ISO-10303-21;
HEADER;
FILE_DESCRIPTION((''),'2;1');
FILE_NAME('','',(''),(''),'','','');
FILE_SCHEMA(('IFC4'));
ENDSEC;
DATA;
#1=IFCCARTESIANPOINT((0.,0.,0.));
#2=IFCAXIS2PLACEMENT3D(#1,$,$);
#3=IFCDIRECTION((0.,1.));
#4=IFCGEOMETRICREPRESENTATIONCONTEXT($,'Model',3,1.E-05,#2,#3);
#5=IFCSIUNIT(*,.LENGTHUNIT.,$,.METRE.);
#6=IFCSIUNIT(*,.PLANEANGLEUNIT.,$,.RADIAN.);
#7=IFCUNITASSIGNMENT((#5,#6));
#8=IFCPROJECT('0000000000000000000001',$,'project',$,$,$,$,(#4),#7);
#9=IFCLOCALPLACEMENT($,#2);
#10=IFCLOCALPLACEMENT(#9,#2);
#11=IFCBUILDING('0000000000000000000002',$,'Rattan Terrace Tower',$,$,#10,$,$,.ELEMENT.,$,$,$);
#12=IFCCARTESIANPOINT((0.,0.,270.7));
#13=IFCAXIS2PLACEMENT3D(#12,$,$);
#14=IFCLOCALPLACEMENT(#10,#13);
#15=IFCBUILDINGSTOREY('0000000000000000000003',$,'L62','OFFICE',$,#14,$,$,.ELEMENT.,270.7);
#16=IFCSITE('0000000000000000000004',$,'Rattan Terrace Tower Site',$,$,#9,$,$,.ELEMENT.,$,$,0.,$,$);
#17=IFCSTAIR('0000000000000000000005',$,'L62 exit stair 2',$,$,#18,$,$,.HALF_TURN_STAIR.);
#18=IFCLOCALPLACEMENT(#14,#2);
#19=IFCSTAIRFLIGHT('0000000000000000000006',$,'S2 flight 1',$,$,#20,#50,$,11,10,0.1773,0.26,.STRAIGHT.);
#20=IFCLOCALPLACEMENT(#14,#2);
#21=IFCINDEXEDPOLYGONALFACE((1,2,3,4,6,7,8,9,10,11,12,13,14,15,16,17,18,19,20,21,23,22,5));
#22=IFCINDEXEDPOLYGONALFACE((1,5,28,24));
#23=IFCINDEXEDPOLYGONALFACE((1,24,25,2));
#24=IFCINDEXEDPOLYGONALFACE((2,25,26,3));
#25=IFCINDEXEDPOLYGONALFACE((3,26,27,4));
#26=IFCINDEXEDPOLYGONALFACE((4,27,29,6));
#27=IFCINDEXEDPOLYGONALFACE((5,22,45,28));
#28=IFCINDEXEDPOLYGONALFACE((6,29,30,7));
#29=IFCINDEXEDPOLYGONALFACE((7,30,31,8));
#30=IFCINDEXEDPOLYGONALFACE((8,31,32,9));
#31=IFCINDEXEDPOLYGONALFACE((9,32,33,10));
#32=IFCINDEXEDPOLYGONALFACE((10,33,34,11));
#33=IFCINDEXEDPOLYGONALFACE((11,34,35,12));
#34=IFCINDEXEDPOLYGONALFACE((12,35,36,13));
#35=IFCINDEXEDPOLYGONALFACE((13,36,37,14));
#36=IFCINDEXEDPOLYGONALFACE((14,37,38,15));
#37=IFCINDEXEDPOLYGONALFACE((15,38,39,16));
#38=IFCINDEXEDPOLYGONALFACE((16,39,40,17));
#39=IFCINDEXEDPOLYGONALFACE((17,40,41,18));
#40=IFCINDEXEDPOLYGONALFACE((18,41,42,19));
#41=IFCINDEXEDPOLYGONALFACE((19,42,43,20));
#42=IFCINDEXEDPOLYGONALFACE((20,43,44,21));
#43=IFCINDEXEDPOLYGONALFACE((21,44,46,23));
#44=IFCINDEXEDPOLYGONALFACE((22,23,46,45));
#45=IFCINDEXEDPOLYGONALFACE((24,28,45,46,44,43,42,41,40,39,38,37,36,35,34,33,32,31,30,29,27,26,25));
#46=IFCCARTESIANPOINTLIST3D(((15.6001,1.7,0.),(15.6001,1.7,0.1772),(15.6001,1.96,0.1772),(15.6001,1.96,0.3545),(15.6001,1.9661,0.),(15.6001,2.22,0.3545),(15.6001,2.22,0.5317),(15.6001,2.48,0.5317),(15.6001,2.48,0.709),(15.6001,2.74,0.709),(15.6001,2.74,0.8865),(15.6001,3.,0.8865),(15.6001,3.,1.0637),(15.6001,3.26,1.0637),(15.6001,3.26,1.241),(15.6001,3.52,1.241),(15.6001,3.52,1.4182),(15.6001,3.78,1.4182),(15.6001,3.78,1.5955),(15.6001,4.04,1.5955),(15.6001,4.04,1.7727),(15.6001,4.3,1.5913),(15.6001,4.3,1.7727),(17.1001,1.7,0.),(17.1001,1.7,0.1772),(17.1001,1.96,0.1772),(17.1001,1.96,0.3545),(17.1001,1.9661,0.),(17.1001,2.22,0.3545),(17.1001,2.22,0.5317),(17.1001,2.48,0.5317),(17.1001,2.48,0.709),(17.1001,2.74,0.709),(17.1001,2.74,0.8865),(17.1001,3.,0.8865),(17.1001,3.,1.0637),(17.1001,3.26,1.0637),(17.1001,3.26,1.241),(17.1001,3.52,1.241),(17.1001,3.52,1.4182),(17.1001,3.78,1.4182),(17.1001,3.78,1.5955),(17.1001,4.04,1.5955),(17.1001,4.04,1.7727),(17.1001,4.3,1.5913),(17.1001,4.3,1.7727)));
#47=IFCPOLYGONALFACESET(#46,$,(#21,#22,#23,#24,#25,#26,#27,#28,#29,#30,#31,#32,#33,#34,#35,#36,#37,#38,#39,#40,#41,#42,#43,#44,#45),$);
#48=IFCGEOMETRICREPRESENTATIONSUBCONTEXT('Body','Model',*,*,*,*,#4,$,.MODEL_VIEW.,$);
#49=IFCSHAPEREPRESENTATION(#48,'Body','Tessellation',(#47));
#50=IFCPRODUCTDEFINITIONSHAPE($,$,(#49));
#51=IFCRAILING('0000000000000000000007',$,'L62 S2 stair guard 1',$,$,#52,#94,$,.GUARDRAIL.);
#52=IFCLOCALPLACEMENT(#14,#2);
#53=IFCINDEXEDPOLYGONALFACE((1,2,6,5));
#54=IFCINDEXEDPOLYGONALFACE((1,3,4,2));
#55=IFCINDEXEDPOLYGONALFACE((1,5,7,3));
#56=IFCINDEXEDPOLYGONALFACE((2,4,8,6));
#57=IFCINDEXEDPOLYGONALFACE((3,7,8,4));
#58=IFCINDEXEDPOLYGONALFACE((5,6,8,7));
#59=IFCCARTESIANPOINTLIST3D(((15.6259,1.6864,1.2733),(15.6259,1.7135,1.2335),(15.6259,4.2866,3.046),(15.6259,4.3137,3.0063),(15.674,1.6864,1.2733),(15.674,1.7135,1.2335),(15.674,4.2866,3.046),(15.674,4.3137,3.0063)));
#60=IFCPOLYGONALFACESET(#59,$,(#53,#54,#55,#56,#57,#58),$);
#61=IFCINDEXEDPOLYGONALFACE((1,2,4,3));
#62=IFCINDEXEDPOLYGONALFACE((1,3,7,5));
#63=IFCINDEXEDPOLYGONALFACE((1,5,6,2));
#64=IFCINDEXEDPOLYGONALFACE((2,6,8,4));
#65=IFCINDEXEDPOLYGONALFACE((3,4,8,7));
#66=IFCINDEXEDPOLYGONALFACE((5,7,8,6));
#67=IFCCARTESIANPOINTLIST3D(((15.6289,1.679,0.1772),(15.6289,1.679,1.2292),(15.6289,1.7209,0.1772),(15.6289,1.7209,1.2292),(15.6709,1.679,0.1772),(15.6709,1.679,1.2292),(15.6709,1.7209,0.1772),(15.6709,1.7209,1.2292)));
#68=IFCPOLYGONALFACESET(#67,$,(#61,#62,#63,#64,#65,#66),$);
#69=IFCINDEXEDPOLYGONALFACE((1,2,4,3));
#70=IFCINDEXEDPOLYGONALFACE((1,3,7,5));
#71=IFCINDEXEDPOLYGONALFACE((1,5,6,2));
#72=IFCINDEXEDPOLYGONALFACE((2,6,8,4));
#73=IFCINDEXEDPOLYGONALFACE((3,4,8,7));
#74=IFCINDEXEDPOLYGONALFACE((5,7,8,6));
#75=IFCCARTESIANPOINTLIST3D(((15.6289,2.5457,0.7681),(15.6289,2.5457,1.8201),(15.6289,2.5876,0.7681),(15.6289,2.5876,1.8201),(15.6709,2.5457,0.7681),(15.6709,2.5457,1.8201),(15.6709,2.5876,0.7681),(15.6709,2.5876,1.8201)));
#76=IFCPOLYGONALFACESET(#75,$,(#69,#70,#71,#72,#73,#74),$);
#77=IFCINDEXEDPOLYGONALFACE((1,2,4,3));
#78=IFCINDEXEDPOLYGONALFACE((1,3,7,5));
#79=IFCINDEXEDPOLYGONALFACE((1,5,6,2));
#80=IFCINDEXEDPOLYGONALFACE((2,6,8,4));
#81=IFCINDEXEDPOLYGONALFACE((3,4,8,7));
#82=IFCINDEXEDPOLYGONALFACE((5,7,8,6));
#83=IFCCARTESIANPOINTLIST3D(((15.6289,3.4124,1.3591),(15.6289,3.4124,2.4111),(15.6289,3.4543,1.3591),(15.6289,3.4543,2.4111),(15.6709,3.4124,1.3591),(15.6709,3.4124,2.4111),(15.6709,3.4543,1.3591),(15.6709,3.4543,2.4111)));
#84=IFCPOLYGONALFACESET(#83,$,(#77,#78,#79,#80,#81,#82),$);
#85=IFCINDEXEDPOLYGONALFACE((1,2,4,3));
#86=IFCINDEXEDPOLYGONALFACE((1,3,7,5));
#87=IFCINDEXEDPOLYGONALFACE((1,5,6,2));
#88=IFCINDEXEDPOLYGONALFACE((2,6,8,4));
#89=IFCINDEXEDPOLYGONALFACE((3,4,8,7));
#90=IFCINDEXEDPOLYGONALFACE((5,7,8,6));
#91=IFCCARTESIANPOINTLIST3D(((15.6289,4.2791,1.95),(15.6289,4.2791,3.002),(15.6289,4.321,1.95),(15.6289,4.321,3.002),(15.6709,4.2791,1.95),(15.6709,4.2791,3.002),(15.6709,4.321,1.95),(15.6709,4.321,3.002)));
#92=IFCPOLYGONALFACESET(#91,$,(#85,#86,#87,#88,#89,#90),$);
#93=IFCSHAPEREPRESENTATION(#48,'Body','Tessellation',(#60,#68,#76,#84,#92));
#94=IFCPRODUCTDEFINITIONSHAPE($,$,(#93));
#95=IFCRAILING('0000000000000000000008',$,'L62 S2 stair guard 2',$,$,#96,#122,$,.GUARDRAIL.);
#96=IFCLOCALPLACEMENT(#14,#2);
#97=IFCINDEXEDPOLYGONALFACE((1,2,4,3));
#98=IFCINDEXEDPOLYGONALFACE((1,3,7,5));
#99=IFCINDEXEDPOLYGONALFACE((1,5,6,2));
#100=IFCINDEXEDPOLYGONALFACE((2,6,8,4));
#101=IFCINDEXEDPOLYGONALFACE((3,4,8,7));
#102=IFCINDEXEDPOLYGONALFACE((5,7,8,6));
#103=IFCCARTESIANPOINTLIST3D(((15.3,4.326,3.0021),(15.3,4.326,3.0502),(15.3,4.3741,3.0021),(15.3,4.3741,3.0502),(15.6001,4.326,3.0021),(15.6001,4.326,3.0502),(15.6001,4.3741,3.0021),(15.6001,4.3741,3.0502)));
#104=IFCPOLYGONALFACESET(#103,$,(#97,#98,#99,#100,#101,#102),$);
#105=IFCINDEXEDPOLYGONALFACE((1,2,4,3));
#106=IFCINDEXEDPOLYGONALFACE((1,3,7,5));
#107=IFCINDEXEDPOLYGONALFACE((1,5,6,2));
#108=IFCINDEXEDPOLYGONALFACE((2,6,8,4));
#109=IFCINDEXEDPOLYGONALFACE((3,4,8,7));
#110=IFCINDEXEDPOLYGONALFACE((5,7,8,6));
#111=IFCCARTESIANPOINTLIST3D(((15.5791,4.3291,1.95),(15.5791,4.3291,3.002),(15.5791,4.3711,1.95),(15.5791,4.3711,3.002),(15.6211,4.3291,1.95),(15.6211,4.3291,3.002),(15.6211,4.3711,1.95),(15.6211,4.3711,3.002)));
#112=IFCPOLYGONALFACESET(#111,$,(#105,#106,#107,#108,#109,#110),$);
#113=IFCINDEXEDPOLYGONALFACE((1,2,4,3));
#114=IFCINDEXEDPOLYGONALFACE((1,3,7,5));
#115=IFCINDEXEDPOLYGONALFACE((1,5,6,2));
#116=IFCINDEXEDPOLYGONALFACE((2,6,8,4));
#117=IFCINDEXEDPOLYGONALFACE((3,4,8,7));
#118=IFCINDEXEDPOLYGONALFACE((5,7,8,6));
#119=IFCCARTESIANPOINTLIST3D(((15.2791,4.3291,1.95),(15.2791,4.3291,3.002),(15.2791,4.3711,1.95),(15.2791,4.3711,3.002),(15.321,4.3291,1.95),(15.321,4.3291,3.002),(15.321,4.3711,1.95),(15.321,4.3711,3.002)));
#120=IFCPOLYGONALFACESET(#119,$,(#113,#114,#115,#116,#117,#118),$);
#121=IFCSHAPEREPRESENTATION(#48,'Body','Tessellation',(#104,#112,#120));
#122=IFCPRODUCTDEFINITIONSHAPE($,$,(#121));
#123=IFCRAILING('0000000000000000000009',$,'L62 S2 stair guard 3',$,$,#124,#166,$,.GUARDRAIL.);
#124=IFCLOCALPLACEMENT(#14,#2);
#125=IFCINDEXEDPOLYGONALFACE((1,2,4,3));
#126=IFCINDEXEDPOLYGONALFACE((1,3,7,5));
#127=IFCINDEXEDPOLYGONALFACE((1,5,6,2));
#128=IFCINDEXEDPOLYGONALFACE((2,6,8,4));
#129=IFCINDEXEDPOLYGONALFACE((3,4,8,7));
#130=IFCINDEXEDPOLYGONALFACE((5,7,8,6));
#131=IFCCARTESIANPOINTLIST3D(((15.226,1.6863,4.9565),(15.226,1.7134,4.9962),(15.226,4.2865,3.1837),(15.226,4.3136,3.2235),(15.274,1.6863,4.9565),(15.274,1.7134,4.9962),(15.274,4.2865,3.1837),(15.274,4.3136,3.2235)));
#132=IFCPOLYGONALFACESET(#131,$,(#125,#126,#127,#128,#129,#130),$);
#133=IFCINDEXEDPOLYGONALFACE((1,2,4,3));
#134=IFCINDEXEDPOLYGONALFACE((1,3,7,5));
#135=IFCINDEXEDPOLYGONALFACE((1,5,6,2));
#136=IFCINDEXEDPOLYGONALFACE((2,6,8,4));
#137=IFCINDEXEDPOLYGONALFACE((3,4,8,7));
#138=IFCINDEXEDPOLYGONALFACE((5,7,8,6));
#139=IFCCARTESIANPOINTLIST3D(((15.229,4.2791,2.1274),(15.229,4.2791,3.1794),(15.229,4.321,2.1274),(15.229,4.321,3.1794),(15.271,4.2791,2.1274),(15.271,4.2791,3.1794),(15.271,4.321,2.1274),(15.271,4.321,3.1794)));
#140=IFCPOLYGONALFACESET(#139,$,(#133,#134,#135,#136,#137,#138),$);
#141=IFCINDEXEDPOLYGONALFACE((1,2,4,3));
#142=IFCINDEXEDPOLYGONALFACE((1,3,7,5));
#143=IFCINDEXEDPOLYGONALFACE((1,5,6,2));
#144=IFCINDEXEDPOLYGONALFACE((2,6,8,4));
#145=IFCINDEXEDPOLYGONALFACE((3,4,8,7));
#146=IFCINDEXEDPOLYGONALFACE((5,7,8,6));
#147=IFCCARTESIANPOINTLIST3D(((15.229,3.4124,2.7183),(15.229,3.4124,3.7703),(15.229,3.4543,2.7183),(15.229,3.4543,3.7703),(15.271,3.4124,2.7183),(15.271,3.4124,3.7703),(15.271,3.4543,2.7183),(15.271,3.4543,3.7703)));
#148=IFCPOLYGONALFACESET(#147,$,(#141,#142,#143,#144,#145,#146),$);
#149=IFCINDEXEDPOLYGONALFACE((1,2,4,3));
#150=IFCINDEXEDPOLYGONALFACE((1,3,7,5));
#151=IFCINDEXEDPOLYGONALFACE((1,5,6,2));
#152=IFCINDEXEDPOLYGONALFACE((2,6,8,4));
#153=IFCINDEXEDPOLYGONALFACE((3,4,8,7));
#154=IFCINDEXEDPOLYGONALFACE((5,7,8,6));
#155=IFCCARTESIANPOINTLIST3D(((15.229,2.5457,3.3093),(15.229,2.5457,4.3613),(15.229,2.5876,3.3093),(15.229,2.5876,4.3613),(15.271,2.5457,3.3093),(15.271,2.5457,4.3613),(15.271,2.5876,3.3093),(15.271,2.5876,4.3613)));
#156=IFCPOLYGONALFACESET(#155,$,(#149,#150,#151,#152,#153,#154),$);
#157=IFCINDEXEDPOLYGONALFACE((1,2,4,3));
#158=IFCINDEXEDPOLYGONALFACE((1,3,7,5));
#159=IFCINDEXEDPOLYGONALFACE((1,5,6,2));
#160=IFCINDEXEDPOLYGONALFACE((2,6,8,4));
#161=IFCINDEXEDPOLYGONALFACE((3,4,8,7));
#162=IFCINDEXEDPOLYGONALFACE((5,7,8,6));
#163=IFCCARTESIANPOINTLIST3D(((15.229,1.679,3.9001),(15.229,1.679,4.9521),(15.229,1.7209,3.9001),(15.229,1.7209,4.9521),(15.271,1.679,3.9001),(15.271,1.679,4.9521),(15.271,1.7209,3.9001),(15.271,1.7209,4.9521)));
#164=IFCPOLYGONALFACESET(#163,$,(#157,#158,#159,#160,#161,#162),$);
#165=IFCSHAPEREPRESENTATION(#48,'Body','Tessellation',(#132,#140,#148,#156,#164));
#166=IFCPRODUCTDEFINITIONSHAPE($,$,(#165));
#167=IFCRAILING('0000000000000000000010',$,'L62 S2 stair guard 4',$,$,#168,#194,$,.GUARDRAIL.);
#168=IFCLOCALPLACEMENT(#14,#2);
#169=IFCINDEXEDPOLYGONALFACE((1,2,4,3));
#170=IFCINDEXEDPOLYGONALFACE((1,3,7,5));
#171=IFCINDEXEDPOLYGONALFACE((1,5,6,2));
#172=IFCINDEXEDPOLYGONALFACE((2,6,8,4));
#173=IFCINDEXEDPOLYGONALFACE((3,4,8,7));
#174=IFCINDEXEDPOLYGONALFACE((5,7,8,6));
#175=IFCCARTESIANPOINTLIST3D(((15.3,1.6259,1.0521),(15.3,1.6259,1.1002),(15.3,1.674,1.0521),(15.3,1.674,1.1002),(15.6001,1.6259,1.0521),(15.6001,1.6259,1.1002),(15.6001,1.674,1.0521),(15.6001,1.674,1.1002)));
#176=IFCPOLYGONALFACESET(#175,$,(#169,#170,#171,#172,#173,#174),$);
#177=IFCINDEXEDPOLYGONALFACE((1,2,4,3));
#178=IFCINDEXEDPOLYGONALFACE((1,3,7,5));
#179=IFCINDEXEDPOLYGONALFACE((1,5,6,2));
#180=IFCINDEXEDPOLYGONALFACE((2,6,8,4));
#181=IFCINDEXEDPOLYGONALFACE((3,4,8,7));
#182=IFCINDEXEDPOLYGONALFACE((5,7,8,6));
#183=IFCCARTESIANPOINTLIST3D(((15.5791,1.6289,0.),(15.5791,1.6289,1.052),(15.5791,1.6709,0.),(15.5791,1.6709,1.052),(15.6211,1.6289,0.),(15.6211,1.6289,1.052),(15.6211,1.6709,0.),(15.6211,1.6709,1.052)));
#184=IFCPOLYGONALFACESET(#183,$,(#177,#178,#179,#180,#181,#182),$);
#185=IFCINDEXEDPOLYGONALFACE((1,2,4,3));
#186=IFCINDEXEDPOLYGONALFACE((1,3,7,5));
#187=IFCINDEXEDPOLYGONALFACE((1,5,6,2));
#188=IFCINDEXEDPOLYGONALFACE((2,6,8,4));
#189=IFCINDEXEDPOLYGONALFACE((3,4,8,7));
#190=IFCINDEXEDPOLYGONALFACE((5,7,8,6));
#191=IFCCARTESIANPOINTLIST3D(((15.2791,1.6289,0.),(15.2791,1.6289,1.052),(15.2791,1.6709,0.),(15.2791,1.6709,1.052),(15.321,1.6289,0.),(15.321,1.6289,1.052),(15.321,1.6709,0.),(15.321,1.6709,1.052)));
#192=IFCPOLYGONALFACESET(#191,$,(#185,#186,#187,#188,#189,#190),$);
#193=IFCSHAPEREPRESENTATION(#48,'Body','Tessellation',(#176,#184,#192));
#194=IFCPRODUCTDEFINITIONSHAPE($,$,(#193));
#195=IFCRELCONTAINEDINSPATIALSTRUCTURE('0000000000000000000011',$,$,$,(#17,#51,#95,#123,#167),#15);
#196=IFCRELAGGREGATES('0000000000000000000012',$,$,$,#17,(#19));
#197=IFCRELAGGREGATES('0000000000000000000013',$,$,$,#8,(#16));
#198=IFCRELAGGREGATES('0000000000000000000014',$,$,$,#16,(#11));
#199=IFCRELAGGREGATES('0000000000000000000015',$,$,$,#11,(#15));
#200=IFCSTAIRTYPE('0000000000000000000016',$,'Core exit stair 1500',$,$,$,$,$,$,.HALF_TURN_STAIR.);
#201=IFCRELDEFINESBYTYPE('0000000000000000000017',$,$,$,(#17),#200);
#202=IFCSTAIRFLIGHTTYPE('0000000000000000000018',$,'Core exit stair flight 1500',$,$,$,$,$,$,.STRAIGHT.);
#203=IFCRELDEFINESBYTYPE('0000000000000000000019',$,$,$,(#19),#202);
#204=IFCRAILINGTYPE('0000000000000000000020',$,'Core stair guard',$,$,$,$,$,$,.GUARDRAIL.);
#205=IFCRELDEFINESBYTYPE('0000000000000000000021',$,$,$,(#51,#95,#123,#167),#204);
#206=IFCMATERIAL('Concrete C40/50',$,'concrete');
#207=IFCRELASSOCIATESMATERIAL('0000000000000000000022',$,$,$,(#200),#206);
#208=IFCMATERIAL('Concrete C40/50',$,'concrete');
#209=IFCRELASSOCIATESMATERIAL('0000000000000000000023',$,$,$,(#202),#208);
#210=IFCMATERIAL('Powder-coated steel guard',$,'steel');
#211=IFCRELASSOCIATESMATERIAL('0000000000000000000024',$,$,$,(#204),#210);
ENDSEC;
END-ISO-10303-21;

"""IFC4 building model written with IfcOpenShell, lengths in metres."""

from ifc_helpers import new_model, si_unit, direction, frame, origin, origin_2d, place, context, subcontext, project, spatial, polyline, rectangle, outline, extrude, material, type_object, element, aggregate, save


model = new_model("IFC4")

# Units and contexts
model_context = context("Model", 3, precision=1e-05, world=origin(), true_north=direction((0.0, 1.0)))
body_context = subcontext(model_context, "Body", "Model", "MODEL_VIEW")
ifc_project = project(units=[si_unit("LENGTHUNIT", "METRE"), si_unit("PLANEANGLEUNIT", "RADIAN")], contexts=[model_context])

# Site, building, storey
site_placement = place(None, origin())
site = spatial("IfcSite", under=ifc_project, at=site_placement, Name="Rattan Terrace Tower Site", CompositionType="ELEMENT", RefElevation=0.0)
building_placement = place(site_placement, origin())
building = spatial("IfcBuilding", under=site, at=building_placement, Name="Rattan Terrace Tower", CompositionType="ELEMENT")
storey_placement = place(building_placement, frame((0.0, 0.0, 270.7)))
storey = spatial("IfcBuildingStorey", under=building, at=storey_placement, Name="L62", Description="OFFICE", CompositionType="ELEMENT", Elevation=270.7)

# Stair, stair flight
ifc_material_1 = material(Name="Concrete C40/50", Category="concrete")
stair_type = type_object("IfcStairType", Name="Core exit stair 1500", PredefinedType="HALF_TURN_STAIR", material=ifc_material_1)
stair_placement = place(storey_placement, origin())
stair = element("IfcStair", 1, at=stair_placement, inside=storey, type_object=stair_type, Name="L62 exit stair 2", PredefinedType="HALF_TURN_STAIR")
ifc_material_2 = material(Name="Concrete C40/50", Category="concrete")
stair_flight_type = type_object("IfcStairFlightType", Name="Core exit stair flight 1500", PredefinedType="STRAIGHT", material=ifc_material_2)
stair_flight_placement = place(storey_placement, frame((16.3501, 1.7, 0.0), z_axis=(0.0, 0.0, 1.0), x_axis=(0.0, 1.0, 0.0)))
stair_flight = element("IfcStairFlight", 2, at=stair_flight_placement, type_object=stair_flight_type, Name="S2 flight 1", NumberOfRisers=11, NumberOfTreads=10, PredefinedType="STRAIGHT", RiserHeight=0.1773, TreadLength=0.26, context=body_context, shape_type="SweptSolid", body=[
    extrude(outline(polyline([(0.0, 0.0), (0.0, 0.1772), (0.26, 0.1772), (0.26, 0.3545), (0.52, 0.3545), (0.52, 0.5317), (0.78, 0.5317), (0.78, 0.709), (1.04, 0.709), (1.04, 0.8865), (1.3, 0.8865), (1.3, 1.0637), (1.5601, 1.0637), (1.5601, 1.241), (1.8201, 1.241), (1.8201, 1.4182), (2.0801, 1.4182), (2.0801, 1.5955), (2.3401, 1.5955), (2.3401, 1.7727), (2.6001, 1.7727), (2.6001, 1.95), (2.6001, 1.5913), (0.2661, 0.0), (0.0, 0.0)])), frame((0.0, 0.75, 0.0), z_axis=(0.0, -1.0, 0.0), x_axis=(1.0, 0.0, 0.0)), (0.0, 0.0, 1.0), 1.5),
])
aggregate(stair, [stair_flight])

# Railings
ifc_material_3 = material(Name="Powder-coated steel guard", Category="steel")
railing_type_1 = type_object("IfcRailingType", Name="Core stair guard", PredefinedType="GUARDRAIL", material=ifc_material_3)
railing_1_placement = place(storey_placement, frame((15.6499, 1.7, 0.1772)))
element("IfcRailing", 3, at=railing_1_placement, inside=storey, type_object=railing_type_1, Name="L62 S2 stair guard 1", PredefinedType="GUARDRAIL", context=body_context, shape_type="SweptSolid", body=[
    extrude(rectangle(XDim=0.0481, YDim=0.0481, at=origin_2d()), frame((0.0, 0.0, 1.0762), z_axis=(0.0, 0.82624, 0.563318), x_axis=(-1.0, 0.0, 0.0)), (0.0, 0.0, 1.0), 3.147),
    extrude(rectangle(XDim=0.042, YDim=0.042, at=origin_2d()), origin(), (0.0, 0.0, 1.0), 1.052),
    extrude(rectangle(XDim=0.042, YDim=0.042, at=origin_2d()), frame((0.0, 0.8667, 0.5908)), (0.0, 0.0, 1.0), 1.052),
    extrude(rectangle(XDim=0.042, YDim=0.042, at=origin_2d()), frame((0.0, 1.7334, 1.1819)), (0.0, 0.0, 1.0), 1.052),
    extrude(rectangle(XDim=0.042, YDim=0.042, at=origin_2d()), frame((0.0, 2.6001, 1.7727)), (0.0, 0.0, 1.0), 1.052),
])
railing_2_placement = place(storey_placement, frame((15.6001, 4.3501, 1.95)))
element("IfcRailing", 4, at=railing_2_placement, inside=storey, type_object=railing_type_1, Name="L62 S2 stair guard 2", PredefinedType="GUARDRAIL", context=body_context, shape_type="SweptSolid", body=[
    extrude(rectangle(XDim=0.0481, YDim=0.0481, at=origin_2d()), frame((0.0, 0.0, 1.0762), z_axis=(-1.0, 0.0, 0.0), x_axis=(0.0, -1.0, 0.0)), (0.0, 0.0, 1.0), 0.3),
    extrude(rectangle(XDim=0.042, YDim=0.042, at=origin_2d()), origin(), (0.0, 0.0, 1.0), 1.052),
    extrude(rectangle(XDim=0.042, YDim=0.042, at=origin_2d()), frame((-0.3, 0.0, 0.0)), (0.0, 0.0, 1.0), 1.052),
])
railing_3_placement = place(storey_placement, frame((15.25, 4.3, 2.1274)))
element("IfcRailing", 5, at=railing_3_placement, inside=storey, type_object=railing_type_1, Name="L62 S2 stair guard 3", PredefinedType="GUARDRAIL", context=body_context, shape_type="SweptSolid", body=[
    extrude(rectangle(XDim=0.0481, YDim=0.0481, at=origin_2d()), frame((0.0, 0.0, 1.0762), z_axis=(0.0, -0.82624, 0.563318), x_axis=(1.0, 0.0, 0.0)), (0.0, 0.0, 1.0), 3.147),
    extrude(rectangle(XDim=0.042, YDim=0.042, at=origin_2d()), origin(), (0.0, 0.0, 1.0), 1.052),
    extrude(rectangle(XDim=0.042, YDim=0.042, at=origin_2d()), frame((0.0, -0.8667, 0.5908)), (0.0, 0.0, 1.0), 1.052),
    extrude(rectangle(XDim=0.042, YDim=0.042, at=origin_2d()), frame((0.0, -1.7334, 1.1819)), (0.0, 0.0, 1.0), 1.052),
    extrude(rectangle(XDim=0.042, YDim=0.042, at=origin_2d()), frame((0.0, -2.6001, 1.7727)), (0.0, 0.0, 1.0), 1.052),
])
railing_4_placement = place(storey_placement, frame((15.6001, 1.6499, 0.0)))
element("IfcRailing", 6, at=railing_4_placement, inside=storey, type_object=railing_type_1, Name="L62 S2 stair guard 4", PredefinedType="GUARDRAIL", context=body_context, shape_type="SweptSolid", body=[
    extrude(rectangle(XDim=0.0481, YDim=0.0481, at=origin_2d()), frame((0.0, 0.0, 1.0762), z_axis=(-1.0, 0.0, 0.0), x_axis=(0.0, -1.0, 0.0)), (0.0, 0.0, 1.0), 0.3),
    extrude(rectangle(XDim=0.042, YDim=0.042, at=origin_2d()), origin(), (0.0, 0.0, 1.0), 1.052),
    extrude(rectangle(XDim=0.042, YDim=0.042, at=origin_2d()), frame((-0.3, 0.0, 0.0)), (0.0, 0.0, 1.0), 1.052),
])

save(model, "model.ifc")
